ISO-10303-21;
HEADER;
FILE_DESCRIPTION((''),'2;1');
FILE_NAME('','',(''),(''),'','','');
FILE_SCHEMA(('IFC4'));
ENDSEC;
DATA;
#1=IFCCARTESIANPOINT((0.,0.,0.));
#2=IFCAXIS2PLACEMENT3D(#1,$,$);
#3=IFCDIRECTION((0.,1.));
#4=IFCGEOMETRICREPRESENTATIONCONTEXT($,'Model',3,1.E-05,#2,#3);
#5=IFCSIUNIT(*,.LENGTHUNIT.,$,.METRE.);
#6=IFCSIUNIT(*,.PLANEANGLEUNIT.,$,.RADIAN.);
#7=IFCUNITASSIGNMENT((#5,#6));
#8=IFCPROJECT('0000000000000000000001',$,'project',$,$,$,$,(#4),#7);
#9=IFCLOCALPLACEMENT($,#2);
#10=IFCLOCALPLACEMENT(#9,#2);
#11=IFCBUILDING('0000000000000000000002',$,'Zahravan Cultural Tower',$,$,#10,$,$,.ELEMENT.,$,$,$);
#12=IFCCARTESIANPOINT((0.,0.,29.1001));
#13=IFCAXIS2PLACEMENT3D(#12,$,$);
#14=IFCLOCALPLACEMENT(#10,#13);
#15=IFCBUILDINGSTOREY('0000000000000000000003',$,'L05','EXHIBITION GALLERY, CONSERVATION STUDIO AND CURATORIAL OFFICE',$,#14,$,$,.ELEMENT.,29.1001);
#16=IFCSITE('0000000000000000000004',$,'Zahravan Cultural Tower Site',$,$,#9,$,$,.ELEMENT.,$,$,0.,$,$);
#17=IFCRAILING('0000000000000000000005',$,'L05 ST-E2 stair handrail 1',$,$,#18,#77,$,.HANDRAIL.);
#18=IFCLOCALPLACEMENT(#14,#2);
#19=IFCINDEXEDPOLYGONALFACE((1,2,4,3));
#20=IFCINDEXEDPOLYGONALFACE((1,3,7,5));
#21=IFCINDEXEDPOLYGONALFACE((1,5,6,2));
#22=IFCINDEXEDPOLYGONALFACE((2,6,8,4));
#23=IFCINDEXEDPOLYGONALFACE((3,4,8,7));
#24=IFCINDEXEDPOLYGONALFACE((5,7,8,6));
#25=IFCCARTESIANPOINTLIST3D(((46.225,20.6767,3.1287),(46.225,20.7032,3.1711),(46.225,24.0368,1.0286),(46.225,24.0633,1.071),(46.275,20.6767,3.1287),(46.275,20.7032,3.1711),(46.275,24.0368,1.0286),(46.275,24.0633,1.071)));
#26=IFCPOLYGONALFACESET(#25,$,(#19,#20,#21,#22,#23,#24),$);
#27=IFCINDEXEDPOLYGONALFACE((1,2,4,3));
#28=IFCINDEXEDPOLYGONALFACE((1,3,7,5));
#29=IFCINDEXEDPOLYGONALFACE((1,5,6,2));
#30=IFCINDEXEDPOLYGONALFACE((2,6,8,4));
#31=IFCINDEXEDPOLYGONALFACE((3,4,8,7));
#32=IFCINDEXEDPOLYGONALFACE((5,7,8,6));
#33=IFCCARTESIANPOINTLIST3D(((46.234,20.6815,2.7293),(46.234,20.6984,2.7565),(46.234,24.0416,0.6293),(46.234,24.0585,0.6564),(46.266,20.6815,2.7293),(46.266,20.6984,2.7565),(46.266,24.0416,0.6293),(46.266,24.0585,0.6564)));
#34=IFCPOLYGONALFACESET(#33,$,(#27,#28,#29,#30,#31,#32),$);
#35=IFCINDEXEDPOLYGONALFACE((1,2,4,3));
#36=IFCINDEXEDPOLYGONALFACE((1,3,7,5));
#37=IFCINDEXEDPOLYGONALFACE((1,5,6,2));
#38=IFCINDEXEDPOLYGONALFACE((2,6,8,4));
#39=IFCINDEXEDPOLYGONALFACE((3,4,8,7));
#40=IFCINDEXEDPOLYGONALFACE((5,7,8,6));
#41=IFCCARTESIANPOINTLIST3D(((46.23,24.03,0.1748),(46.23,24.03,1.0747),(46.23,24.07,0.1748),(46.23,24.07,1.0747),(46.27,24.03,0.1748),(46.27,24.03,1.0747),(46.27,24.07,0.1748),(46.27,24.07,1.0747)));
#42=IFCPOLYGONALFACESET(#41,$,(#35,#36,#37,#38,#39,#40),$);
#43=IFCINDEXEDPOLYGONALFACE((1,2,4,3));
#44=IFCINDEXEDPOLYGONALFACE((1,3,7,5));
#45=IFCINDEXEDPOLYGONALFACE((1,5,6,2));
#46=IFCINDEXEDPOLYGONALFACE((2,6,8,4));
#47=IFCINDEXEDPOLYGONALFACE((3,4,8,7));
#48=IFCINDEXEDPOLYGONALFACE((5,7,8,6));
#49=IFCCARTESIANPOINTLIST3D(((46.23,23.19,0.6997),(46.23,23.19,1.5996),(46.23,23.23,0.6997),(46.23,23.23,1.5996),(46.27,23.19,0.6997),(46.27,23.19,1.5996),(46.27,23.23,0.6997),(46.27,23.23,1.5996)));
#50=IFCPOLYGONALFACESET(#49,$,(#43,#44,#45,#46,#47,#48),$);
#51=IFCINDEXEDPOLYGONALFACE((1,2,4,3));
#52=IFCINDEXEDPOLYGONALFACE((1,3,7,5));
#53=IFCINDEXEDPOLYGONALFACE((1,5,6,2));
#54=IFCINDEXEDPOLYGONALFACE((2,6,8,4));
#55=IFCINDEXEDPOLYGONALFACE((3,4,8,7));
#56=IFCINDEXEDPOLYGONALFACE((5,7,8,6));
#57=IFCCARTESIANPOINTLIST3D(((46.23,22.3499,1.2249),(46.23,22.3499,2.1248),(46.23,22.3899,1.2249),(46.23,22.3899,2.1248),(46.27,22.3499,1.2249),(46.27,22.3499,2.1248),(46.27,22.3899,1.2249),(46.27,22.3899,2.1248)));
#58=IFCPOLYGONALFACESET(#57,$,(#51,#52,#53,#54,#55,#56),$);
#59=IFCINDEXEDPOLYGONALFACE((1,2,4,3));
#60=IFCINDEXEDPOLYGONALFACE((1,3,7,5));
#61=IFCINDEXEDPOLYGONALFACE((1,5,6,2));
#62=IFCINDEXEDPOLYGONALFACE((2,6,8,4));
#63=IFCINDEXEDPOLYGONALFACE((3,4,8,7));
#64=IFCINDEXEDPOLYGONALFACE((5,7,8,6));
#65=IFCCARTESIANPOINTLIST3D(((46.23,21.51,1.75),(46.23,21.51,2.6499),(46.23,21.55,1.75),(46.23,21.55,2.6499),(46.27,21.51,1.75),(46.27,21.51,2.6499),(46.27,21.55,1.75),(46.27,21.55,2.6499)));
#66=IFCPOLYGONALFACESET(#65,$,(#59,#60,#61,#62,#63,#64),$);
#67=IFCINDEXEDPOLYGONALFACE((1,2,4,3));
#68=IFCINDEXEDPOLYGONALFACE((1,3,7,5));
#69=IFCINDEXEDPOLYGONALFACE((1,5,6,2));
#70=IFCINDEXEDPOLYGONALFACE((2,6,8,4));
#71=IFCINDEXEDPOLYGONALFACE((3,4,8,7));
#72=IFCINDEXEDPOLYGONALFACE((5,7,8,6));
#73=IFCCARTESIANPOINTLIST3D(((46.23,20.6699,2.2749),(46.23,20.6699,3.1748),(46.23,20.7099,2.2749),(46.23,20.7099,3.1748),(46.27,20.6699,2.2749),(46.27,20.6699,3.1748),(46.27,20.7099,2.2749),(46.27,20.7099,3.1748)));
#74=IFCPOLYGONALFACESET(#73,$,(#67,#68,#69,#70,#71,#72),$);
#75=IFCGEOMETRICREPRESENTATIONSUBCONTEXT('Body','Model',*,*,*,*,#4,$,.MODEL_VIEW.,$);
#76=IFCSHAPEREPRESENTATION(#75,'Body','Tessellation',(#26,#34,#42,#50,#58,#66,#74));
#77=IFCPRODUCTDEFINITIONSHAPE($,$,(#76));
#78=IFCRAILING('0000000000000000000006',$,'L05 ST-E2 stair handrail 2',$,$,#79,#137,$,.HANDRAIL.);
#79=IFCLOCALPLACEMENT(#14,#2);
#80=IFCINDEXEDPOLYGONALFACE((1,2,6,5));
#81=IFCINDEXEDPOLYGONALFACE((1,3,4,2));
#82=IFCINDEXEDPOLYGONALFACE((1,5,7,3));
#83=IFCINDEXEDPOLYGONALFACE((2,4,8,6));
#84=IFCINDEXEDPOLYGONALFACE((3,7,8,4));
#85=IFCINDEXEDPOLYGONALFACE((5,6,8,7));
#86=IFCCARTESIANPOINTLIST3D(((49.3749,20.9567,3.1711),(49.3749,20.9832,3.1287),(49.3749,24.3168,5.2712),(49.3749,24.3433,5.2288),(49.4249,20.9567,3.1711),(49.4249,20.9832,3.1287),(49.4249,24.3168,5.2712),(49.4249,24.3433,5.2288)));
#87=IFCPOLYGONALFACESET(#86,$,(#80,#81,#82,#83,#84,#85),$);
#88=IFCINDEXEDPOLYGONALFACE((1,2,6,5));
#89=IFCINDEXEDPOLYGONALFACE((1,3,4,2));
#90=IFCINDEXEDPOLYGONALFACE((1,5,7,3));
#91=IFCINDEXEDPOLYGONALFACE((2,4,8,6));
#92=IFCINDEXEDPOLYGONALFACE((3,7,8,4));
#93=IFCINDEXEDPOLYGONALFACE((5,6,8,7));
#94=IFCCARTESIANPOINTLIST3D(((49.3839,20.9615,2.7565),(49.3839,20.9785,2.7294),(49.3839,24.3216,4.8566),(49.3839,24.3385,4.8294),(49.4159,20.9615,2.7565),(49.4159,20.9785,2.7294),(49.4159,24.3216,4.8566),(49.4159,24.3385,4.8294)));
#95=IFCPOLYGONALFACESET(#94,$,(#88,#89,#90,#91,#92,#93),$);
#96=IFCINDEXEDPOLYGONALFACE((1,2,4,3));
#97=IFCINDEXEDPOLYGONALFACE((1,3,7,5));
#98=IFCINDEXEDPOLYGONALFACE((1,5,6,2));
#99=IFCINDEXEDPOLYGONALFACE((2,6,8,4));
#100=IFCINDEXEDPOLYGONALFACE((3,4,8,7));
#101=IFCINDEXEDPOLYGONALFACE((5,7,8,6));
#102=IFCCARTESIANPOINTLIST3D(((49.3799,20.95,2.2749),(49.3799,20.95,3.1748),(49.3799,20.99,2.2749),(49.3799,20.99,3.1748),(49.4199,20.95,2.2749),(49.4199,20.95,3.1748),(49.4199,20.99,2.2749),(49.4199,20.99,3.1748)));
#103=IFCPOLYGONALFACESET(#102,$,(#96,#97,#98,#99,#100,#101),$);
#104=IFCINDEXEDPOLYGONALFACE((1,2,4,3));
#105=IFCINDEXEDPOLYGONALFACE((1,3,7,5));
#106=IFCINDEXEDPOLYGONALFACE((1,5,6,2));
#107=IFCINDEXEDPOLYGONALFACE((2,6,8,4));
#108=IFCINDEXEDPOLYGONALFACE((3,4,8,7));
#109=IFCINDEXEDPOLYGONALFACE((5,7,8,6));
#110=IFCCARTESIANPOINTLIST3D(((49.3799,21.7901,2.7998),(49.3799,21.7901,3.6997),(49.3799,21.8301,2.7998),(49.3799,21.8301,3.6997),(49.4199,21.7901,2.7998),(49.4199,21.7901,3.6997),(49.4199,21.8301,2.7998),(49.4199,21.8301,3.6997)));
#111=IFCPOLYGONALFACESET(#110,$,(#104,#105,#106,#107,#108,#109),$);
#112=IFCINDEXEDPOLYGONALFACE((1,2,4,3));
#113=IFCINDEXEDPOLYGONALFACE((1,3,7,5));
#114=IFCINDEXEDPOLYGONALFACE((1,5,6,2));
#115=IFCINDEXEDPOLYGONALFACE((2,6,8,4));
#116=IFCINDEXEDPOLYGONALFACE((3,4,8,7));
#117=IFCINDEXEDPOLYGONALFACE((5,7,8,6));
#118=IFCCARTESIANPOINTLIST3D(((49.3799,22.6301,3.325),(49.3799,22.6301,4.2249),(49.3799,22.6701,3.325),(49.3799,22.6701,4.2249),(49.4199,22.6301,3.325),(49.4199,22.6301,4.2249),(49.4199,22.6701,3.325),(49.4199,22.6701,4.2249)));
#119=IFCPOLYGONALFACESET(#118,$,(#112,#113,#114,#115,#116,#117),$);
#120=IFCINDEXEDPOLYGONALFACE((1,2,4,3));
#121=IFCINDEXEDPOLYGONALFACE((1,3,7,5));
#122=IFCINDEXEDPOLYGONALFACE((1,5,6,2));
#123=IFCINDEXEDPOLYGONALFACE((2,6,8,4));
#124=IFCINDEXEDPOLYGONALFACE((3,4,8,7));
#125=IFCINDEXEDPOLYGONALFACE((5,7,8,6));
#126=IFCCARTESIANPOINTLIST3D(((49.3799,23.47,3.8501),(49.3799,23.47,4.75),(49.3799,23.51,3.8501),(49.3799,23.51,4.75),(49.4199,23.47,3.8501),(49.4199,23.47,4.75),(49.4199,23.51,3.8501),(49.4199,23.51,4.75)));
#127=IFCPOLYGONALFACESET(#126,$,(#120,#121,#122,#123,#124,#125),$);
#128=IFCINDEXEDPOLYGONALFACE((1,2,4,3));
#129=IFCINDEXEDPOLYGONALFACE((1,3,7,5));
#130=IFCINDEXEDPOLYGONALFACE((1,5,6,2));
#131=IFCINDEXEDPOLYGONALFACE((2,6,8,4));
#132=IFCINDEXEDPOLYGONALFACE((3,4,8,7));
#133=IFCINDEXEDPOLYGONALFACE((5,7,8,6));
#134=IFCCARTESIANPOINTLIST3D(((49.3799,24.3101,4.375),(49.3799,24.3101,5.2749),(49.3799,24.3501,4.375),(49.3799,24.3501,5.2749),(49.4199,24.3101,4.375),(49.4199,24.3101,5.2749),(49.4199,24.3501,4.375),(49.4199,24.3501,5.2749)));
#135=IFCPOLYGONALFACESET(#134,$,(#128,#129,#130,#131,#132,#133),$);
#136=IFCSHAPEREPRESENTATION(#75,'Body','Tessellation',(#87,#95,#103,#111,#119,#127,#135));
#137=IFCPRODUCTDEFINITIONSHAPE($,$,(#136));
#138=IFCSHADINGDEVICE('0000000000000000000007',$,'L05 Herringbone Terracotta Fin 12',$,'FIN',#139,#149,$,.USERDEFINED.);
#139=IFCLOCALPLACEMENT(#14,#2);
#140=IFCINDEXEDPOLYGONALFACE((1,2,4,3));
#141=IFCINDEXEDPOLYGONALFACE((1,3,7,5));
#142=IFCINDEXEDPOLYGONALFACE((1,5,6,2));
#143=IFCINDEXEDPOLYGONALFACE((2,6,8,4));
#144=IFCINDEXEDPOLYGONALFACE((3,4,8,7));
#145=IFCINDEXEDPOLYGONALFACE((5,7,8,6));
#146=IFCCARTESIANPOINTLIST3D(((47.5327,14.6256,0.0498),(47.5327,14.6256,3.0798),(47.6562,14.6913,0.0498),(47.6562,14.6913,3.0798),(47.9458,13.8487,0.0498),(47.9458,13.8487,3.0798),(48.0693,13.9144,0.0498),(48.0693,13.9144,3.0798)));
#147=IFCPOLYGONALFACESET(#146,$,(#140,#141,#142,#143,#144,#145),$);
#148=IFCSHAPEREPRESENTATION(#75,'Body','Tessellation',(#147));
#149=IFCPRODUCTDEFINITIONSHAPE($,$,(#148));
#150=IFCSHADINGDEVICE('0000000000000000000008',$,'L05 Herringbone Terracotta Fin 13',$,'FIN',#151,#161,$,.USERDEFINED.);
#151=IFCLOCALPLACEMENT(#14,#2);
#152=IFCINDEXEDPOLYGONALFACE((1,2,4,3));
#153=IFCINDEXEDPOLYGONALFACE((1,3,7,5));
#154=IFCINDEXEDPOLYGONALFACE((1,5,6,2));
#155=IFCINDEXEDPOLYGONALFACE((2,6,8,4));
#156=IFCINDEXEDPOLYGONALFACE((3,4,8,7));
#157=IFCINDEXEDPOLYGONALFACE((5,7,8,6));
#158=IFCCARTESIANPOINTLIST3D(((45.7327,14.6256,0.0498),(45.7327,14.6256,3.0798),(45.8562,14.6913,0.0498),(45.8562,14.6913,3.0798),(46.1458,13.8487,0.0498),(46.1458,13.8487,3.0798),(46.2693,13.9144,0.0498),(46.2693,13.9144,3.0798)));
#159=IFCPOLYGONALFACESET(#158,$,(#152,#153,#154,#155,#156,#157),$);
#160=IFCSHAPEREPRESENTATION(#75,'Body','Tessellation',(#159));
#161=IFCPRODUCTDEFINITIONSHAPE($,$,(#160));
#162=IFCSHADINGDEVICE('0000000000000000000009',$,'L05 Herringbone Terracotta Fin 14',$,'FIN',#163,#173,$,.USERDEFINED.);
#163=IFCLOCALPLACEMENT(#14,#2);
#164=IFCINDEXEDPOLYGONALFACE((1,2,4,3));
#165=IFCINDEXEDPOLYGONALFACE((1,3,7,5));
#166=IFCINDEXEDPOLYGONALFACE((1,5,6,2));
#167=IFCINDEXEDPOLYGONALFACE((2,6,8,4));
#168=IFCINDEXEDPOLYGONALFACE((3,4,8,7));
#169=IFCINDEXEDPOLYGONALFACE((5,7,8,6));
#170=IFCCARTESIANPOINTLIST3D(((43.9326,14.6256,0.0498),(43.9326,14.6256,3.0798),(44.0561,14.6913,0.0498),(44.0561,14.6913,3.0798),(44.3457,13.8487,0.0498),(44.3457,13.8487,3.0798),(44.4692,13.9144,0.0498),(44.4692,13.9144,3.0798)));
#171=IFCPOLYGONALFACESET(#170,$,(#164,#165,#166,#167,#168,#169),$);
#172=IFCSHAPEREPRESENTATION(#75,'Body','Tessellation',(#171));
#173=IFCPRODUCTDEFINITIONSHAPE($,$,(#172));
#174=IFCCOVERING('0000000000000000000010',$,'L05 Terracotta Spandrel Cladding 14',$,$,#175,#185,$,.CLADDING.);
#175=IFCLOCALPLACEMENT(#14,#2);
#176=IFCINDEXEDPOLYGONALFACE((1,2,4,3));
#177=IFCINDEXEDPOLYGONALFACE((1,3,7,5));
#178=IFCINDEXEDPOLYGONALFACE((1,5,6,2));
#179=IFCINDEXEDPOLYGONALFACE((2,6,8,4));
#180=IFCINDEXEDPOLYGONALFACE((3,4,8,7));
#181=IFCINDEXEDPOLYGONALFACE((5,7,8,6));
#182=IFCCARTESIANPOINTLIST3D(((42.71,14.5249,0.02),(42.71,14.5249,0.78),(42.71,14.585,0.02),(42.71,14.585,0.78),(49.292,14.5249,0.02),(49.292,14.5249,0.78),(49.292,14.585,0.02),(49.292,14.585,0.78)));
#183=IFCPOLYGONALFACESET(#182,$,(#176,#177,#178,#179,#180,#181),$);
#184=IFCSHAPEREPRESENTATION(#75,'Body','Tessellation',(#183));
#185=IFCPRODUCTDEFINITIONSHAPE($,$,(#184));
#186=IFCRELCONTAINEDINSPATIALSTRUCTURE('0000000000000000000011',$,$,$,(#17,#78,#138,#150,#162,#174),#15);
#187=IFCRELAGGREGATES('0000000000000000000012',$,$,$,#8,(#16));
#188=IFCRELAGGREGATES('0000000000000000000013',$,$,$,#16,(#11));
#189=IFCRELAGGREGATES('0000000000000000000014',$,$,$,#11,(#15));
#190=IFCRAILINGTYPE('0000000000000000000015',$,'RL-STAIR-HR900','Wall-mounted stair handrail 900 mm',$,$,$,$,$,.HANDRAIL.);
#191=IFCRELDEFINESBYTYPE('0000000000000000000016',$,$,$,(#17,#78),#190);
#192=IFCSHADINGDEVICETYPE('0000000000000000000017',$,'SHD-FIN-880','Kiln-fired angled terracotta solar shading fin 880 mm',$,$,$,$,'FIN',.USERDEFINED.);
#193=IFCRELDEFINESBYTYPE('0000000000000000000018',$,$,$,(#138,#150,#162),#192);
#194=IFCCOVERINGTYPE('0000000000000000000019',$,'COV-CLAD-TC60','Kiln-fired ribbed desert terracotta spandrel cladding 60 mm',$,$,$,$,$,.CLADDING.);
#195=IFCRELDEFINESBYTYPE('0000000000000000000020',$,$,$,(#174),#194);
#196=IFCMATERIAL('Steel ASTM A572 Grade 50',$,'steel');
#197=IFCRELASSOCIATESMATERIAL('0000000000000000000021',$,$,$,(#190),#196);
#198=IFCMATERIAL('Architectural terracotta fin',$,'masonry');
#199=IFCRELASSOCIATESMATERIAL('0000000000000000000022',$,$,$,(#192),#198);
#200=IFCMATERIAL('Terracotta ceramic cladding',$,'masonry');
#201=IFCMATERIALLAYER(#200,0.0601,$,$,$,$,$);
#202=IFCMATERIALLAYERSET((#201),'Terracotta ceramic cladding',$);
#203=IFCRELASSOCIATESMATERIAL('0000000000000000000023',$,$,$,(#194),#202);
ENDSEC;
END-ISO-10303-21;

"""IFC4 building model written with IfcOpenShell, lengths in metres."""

from ifc_helpers import new_model, si_unit, direction, frame, origin, origin_2d, place, context, subcontext, project, spatial, rectangle, extrude, source, transform, mapped, material, layer, layer_set, type_object, element, save


model = new_model("IFC4")

# Units and contexts
model_context = context("Model", 3, precision=1e-05, world=origin(), true_north=direction((0.0, 1.0)))
body_context = subcontext(model_context, "Body", "Model", "MODEL_VIEW")
ifc_project = project(units=[si_unit("LENGTHUNIT", "METRE"), si_unit("PLANEANGLEUNIT", "RADIAN")], contexts=[model_context])

# Site, building, storey
site_placement = place(None, origin())
site = spatial("IfcSite", under=ifc_project, at=site_placement, Name="Zahravan Cultural Tower Site", CompositionType="ELEMENT", RefElevation=0.0)
building_placement = place(site_placement, origin())
building = spatial("IfcBuilding", under=site, at=building_placement, Name="Zahravan Cultural Tower", CompositionType="ELEMENT")
storey_placement = place(building_placement, frame((0.0, 0.0, 29.1001)))
storey = spatial("IfcBuildingStorey", under=building, at=storey_placement, Name="L05", Description="EXHIBITION GALLERY, CONSERVATION STUDIO AND CURATORIAL OFFICE", CompositionType="ELEMENT", Elevation=29.1001)

# Shared definitions
ifc_material_1 = material(Name="Steel ASTM A572 Grade 50", Category="steel")

# Railings
railing_type_1 = type_object("IfcRailingType", Name="RL-STAIR-HR900", Description="Wall-mounted stair handrail 900 mm", PredefinedType="HANDRAIL", material=ifc_material_1)
railing_1_placement = place(storey_placement, frame((46.25, 24.05, 0.1748)))
element("IfcRailing", 1, at=railing_1_placement, inside=storey, type_object=railing_type_1, Name="L05 ST-E2 stair handrail 1", PredefinedType="HANDRAIL", context=body_context, shape_type="SweptSolid", body=[
    extrude(rectangle(XDim=0.05, YDim=0.05, at=origin_2d()), frame((0.0, 0.0, 0.875), z_axis=(0.0, -0.847995, 0.530004), x_axis=(1.0, 0.0, 0.0)), (0.0, 0.0, 1.0), 3.9624),
    extrude(rectangle(XDim=0.032, YDim=0.032, at=origin_2d()), frame((0.0, 0.0, 0.468), z_axis=(0.0, -0.847995, 0.530004), x_axis=(1.0, 0.0, 0.0)), (0.0, 0.0, 1.0), 3.9624),
    extrude(rectangle(XDim=0.04, YDim=0.04, at=origin_2d()), origin(), (0.0, 0.0, 1.0), 0.8999),
    extrude(rectangle(XDim=0.04, YDim=0.04, at=origin_2d()), frame((0.0, -0.8401, 0.5249)), (0.0, 0.0, 1.0), 0.8999),
    extrude(rectangle(XDim=0.04, YDim=0.04, at=origin_2d()), frame((0.0, -1.6802, 1.05)), (0.0, 0.0, 1.0), 0.8999),
    extrude(rectangle(XDim=0.04, YDim=0.04, at=origin_2d()), frame((0.0, -2.52, 1.5752)), (0.0, 0.0, 1.0), 0.8999),
    extrude(rectangle(XDim=0.04, YDim=0.04, at=origin_2d()), frame((0.0, -3.3601, 2.1001)), (0.0, 0.0, 1.0), 0.8999),
])
railing_2_placement = place(storey_placement, frame((49.3999, 20.97, 2.2749)))
element("IfcRailing", 2, at=railing_2_placement, inside=storey, type_object=railing_type_1, Name="L05 ST-E2 stair handrail 2", PredefinedType="HANDRAIL", context=body_context, shape_type="SweptSolid", body=[
    extrude(rectangle(XDim=0.05, YDim=0.05, at=origin_2d()), frame((0.0, 0.0, 0.875), z_axis=(0.0, 0.847995, 0.530004), x_axis=(-1.0, 0.0, 0.0)), (0.0, 0.0, 1.0), 3.9624),
    extrude(rectangle(XDim=0.032, YDim=0.032, at=origin_2d()), frame((0.0, 0.0, 0.468), z_axis=(0.0, 0.847995, 0.530004), x_axis=(-1.0, 0.0, 0.0)), (0.0, 0.0, 1.0), 3.9624),
    extrude(rectangle(XDim=0.04, YDim=0.04, at=origin_2d()), origin(), (0.0, 0.0, 1.0), 0.8999),
    extrude(rectangle(XDim=0.04, YDim=0.04, at=origin_2d()), frame((0.0, 0.8401, 0.5249)), (0.0, 0.0, 1.0), 0.8999),
    extrude(rectangle(XDim=0.04, YDim=0.04, at=origin_2d()), frame((0.0, 1.6802, 1.05)), (0.0, 0.0, 1.0), 0.8999),
    extrude(rectangle(XDim=0.04, YDim=0.04, at=origin_2d()), frame((0.0, 2.52, 1.5752)), (0.0, 0.0, 1.0), 0.8999),
    extrude(rectangle(XDim=0.04, YDim=0.04, at=origin_2d()), frame((0.0, 3.3601, 2.1001)), (0.0, 0.0, 1.0), 0.8999),
])

# Shading devices
ifc_material_2 = material(Name="Architectural terracotta fin", Category="masonry")
shading_device_type = type_object("IfcShadingDeviceType", Name="SHD-FIN-880", Description="Kiln-fired angled terracotta solar shading fin 880 mm", ElementType="FIN", PredefinedType="USERDEFINED", material=ifc_material_2)
shared_shape_1 = source(origin(), body_context, "Body", "SweptSolid", [
    extrude(rectangle(XDim=0.8799, YDim=0.1399, at=origin_2d()), origin(), (0.0, 0.0, 1.0), 3.03),
])
for number, where, z_axis, x_axis, name in (
    (3, (47.801, 14.27, 0.0498), (0.0, 0.0, 1.0), (0.469472, -0.882948, 0.0), "L05 Herringbone Terracotta Fin 12"),
    (4, (46.001, 14.27, 0.0498), (0.0, 0.0, 1.0), (0.469472, -0.882948, 0.0), "L05 Herringbone Terracotta Fin 13"),
    (5, (44.2009, 14.27, 0.0498), (0.0, 0.0, 1.0), (0.469472, -0.882948, 0.0), "L05 Herringbone Terracotta Fin 14"),
):
    element("IfcShadingDevice", number, at=place(storey_placement, frame(where, z_axis=z_axis, x_axis=x_axis)), inside=storey, type_object=shading_device_type, Name=name, ObjectType="FIN", PredefinedType="USERDEFINED", context=body_context, shape_type="MappedRepresentation", body=[
        mapped(shared_shape_1, transform((0.0, 0.0, 0.0), x_axis=(1.0, 0.0, 0.0), y_axis=(0.0, 1.0, 0.0), z_axis=(0.0, 0.0, 1.0), scale=1.0)),
    ])

# Covering
ifc_material_3 = material(Name="Terracotta ceramic cladding", Category="masonry")
ifc_layer_1 = layer(ifc_material_3, 0.0601)
ifc_layer_set_1 = layer_set([ifc_layer_1], Name="Terracotta ceramic cladding")
covering_type = type_object("IfcCoveringType", Name="COV-CLAD-TC60", Description="Kiln-fired ribbed desert terracotta spandrel cladding 60 mm", PredefinedType="CLADDING", material=ifc_layer_set_1)
shared_shape_2 = source(origin(), body_context, "Body", "SweptSolid", [
    extrude(rectangle(XDim=6.582, YDim=0.0601, at=origin_2d()), origin(), (0.0, 0.0, 1.0), 0.76),
])
covering_placement = place(storey_placement, frame((46.001, 14.5549, 0.02), z_axis=(0.0, 0.0, 1.0), x_axis=(-1.0, 0.0, 0.0)))
element("IfcCovering", 6, at=covering_placement, inside=storey, type_object=covering_type, Name="L05 Terracotta Spandrel Cladding 14", PredefinedType="CLADDING", context=body_context, shape_type="MappedRepresentation", body=[
    mapped(shared_shape_2, transform((0.0, 0.0, 0.0), x_axis=(1.0, 0.0, 0.0), y_axis=(0.0, 1.0, 0.0), z_axis=(0.0, 0.0, 1.0), scale=1.0)),
])

save(model, "model.ifc")
